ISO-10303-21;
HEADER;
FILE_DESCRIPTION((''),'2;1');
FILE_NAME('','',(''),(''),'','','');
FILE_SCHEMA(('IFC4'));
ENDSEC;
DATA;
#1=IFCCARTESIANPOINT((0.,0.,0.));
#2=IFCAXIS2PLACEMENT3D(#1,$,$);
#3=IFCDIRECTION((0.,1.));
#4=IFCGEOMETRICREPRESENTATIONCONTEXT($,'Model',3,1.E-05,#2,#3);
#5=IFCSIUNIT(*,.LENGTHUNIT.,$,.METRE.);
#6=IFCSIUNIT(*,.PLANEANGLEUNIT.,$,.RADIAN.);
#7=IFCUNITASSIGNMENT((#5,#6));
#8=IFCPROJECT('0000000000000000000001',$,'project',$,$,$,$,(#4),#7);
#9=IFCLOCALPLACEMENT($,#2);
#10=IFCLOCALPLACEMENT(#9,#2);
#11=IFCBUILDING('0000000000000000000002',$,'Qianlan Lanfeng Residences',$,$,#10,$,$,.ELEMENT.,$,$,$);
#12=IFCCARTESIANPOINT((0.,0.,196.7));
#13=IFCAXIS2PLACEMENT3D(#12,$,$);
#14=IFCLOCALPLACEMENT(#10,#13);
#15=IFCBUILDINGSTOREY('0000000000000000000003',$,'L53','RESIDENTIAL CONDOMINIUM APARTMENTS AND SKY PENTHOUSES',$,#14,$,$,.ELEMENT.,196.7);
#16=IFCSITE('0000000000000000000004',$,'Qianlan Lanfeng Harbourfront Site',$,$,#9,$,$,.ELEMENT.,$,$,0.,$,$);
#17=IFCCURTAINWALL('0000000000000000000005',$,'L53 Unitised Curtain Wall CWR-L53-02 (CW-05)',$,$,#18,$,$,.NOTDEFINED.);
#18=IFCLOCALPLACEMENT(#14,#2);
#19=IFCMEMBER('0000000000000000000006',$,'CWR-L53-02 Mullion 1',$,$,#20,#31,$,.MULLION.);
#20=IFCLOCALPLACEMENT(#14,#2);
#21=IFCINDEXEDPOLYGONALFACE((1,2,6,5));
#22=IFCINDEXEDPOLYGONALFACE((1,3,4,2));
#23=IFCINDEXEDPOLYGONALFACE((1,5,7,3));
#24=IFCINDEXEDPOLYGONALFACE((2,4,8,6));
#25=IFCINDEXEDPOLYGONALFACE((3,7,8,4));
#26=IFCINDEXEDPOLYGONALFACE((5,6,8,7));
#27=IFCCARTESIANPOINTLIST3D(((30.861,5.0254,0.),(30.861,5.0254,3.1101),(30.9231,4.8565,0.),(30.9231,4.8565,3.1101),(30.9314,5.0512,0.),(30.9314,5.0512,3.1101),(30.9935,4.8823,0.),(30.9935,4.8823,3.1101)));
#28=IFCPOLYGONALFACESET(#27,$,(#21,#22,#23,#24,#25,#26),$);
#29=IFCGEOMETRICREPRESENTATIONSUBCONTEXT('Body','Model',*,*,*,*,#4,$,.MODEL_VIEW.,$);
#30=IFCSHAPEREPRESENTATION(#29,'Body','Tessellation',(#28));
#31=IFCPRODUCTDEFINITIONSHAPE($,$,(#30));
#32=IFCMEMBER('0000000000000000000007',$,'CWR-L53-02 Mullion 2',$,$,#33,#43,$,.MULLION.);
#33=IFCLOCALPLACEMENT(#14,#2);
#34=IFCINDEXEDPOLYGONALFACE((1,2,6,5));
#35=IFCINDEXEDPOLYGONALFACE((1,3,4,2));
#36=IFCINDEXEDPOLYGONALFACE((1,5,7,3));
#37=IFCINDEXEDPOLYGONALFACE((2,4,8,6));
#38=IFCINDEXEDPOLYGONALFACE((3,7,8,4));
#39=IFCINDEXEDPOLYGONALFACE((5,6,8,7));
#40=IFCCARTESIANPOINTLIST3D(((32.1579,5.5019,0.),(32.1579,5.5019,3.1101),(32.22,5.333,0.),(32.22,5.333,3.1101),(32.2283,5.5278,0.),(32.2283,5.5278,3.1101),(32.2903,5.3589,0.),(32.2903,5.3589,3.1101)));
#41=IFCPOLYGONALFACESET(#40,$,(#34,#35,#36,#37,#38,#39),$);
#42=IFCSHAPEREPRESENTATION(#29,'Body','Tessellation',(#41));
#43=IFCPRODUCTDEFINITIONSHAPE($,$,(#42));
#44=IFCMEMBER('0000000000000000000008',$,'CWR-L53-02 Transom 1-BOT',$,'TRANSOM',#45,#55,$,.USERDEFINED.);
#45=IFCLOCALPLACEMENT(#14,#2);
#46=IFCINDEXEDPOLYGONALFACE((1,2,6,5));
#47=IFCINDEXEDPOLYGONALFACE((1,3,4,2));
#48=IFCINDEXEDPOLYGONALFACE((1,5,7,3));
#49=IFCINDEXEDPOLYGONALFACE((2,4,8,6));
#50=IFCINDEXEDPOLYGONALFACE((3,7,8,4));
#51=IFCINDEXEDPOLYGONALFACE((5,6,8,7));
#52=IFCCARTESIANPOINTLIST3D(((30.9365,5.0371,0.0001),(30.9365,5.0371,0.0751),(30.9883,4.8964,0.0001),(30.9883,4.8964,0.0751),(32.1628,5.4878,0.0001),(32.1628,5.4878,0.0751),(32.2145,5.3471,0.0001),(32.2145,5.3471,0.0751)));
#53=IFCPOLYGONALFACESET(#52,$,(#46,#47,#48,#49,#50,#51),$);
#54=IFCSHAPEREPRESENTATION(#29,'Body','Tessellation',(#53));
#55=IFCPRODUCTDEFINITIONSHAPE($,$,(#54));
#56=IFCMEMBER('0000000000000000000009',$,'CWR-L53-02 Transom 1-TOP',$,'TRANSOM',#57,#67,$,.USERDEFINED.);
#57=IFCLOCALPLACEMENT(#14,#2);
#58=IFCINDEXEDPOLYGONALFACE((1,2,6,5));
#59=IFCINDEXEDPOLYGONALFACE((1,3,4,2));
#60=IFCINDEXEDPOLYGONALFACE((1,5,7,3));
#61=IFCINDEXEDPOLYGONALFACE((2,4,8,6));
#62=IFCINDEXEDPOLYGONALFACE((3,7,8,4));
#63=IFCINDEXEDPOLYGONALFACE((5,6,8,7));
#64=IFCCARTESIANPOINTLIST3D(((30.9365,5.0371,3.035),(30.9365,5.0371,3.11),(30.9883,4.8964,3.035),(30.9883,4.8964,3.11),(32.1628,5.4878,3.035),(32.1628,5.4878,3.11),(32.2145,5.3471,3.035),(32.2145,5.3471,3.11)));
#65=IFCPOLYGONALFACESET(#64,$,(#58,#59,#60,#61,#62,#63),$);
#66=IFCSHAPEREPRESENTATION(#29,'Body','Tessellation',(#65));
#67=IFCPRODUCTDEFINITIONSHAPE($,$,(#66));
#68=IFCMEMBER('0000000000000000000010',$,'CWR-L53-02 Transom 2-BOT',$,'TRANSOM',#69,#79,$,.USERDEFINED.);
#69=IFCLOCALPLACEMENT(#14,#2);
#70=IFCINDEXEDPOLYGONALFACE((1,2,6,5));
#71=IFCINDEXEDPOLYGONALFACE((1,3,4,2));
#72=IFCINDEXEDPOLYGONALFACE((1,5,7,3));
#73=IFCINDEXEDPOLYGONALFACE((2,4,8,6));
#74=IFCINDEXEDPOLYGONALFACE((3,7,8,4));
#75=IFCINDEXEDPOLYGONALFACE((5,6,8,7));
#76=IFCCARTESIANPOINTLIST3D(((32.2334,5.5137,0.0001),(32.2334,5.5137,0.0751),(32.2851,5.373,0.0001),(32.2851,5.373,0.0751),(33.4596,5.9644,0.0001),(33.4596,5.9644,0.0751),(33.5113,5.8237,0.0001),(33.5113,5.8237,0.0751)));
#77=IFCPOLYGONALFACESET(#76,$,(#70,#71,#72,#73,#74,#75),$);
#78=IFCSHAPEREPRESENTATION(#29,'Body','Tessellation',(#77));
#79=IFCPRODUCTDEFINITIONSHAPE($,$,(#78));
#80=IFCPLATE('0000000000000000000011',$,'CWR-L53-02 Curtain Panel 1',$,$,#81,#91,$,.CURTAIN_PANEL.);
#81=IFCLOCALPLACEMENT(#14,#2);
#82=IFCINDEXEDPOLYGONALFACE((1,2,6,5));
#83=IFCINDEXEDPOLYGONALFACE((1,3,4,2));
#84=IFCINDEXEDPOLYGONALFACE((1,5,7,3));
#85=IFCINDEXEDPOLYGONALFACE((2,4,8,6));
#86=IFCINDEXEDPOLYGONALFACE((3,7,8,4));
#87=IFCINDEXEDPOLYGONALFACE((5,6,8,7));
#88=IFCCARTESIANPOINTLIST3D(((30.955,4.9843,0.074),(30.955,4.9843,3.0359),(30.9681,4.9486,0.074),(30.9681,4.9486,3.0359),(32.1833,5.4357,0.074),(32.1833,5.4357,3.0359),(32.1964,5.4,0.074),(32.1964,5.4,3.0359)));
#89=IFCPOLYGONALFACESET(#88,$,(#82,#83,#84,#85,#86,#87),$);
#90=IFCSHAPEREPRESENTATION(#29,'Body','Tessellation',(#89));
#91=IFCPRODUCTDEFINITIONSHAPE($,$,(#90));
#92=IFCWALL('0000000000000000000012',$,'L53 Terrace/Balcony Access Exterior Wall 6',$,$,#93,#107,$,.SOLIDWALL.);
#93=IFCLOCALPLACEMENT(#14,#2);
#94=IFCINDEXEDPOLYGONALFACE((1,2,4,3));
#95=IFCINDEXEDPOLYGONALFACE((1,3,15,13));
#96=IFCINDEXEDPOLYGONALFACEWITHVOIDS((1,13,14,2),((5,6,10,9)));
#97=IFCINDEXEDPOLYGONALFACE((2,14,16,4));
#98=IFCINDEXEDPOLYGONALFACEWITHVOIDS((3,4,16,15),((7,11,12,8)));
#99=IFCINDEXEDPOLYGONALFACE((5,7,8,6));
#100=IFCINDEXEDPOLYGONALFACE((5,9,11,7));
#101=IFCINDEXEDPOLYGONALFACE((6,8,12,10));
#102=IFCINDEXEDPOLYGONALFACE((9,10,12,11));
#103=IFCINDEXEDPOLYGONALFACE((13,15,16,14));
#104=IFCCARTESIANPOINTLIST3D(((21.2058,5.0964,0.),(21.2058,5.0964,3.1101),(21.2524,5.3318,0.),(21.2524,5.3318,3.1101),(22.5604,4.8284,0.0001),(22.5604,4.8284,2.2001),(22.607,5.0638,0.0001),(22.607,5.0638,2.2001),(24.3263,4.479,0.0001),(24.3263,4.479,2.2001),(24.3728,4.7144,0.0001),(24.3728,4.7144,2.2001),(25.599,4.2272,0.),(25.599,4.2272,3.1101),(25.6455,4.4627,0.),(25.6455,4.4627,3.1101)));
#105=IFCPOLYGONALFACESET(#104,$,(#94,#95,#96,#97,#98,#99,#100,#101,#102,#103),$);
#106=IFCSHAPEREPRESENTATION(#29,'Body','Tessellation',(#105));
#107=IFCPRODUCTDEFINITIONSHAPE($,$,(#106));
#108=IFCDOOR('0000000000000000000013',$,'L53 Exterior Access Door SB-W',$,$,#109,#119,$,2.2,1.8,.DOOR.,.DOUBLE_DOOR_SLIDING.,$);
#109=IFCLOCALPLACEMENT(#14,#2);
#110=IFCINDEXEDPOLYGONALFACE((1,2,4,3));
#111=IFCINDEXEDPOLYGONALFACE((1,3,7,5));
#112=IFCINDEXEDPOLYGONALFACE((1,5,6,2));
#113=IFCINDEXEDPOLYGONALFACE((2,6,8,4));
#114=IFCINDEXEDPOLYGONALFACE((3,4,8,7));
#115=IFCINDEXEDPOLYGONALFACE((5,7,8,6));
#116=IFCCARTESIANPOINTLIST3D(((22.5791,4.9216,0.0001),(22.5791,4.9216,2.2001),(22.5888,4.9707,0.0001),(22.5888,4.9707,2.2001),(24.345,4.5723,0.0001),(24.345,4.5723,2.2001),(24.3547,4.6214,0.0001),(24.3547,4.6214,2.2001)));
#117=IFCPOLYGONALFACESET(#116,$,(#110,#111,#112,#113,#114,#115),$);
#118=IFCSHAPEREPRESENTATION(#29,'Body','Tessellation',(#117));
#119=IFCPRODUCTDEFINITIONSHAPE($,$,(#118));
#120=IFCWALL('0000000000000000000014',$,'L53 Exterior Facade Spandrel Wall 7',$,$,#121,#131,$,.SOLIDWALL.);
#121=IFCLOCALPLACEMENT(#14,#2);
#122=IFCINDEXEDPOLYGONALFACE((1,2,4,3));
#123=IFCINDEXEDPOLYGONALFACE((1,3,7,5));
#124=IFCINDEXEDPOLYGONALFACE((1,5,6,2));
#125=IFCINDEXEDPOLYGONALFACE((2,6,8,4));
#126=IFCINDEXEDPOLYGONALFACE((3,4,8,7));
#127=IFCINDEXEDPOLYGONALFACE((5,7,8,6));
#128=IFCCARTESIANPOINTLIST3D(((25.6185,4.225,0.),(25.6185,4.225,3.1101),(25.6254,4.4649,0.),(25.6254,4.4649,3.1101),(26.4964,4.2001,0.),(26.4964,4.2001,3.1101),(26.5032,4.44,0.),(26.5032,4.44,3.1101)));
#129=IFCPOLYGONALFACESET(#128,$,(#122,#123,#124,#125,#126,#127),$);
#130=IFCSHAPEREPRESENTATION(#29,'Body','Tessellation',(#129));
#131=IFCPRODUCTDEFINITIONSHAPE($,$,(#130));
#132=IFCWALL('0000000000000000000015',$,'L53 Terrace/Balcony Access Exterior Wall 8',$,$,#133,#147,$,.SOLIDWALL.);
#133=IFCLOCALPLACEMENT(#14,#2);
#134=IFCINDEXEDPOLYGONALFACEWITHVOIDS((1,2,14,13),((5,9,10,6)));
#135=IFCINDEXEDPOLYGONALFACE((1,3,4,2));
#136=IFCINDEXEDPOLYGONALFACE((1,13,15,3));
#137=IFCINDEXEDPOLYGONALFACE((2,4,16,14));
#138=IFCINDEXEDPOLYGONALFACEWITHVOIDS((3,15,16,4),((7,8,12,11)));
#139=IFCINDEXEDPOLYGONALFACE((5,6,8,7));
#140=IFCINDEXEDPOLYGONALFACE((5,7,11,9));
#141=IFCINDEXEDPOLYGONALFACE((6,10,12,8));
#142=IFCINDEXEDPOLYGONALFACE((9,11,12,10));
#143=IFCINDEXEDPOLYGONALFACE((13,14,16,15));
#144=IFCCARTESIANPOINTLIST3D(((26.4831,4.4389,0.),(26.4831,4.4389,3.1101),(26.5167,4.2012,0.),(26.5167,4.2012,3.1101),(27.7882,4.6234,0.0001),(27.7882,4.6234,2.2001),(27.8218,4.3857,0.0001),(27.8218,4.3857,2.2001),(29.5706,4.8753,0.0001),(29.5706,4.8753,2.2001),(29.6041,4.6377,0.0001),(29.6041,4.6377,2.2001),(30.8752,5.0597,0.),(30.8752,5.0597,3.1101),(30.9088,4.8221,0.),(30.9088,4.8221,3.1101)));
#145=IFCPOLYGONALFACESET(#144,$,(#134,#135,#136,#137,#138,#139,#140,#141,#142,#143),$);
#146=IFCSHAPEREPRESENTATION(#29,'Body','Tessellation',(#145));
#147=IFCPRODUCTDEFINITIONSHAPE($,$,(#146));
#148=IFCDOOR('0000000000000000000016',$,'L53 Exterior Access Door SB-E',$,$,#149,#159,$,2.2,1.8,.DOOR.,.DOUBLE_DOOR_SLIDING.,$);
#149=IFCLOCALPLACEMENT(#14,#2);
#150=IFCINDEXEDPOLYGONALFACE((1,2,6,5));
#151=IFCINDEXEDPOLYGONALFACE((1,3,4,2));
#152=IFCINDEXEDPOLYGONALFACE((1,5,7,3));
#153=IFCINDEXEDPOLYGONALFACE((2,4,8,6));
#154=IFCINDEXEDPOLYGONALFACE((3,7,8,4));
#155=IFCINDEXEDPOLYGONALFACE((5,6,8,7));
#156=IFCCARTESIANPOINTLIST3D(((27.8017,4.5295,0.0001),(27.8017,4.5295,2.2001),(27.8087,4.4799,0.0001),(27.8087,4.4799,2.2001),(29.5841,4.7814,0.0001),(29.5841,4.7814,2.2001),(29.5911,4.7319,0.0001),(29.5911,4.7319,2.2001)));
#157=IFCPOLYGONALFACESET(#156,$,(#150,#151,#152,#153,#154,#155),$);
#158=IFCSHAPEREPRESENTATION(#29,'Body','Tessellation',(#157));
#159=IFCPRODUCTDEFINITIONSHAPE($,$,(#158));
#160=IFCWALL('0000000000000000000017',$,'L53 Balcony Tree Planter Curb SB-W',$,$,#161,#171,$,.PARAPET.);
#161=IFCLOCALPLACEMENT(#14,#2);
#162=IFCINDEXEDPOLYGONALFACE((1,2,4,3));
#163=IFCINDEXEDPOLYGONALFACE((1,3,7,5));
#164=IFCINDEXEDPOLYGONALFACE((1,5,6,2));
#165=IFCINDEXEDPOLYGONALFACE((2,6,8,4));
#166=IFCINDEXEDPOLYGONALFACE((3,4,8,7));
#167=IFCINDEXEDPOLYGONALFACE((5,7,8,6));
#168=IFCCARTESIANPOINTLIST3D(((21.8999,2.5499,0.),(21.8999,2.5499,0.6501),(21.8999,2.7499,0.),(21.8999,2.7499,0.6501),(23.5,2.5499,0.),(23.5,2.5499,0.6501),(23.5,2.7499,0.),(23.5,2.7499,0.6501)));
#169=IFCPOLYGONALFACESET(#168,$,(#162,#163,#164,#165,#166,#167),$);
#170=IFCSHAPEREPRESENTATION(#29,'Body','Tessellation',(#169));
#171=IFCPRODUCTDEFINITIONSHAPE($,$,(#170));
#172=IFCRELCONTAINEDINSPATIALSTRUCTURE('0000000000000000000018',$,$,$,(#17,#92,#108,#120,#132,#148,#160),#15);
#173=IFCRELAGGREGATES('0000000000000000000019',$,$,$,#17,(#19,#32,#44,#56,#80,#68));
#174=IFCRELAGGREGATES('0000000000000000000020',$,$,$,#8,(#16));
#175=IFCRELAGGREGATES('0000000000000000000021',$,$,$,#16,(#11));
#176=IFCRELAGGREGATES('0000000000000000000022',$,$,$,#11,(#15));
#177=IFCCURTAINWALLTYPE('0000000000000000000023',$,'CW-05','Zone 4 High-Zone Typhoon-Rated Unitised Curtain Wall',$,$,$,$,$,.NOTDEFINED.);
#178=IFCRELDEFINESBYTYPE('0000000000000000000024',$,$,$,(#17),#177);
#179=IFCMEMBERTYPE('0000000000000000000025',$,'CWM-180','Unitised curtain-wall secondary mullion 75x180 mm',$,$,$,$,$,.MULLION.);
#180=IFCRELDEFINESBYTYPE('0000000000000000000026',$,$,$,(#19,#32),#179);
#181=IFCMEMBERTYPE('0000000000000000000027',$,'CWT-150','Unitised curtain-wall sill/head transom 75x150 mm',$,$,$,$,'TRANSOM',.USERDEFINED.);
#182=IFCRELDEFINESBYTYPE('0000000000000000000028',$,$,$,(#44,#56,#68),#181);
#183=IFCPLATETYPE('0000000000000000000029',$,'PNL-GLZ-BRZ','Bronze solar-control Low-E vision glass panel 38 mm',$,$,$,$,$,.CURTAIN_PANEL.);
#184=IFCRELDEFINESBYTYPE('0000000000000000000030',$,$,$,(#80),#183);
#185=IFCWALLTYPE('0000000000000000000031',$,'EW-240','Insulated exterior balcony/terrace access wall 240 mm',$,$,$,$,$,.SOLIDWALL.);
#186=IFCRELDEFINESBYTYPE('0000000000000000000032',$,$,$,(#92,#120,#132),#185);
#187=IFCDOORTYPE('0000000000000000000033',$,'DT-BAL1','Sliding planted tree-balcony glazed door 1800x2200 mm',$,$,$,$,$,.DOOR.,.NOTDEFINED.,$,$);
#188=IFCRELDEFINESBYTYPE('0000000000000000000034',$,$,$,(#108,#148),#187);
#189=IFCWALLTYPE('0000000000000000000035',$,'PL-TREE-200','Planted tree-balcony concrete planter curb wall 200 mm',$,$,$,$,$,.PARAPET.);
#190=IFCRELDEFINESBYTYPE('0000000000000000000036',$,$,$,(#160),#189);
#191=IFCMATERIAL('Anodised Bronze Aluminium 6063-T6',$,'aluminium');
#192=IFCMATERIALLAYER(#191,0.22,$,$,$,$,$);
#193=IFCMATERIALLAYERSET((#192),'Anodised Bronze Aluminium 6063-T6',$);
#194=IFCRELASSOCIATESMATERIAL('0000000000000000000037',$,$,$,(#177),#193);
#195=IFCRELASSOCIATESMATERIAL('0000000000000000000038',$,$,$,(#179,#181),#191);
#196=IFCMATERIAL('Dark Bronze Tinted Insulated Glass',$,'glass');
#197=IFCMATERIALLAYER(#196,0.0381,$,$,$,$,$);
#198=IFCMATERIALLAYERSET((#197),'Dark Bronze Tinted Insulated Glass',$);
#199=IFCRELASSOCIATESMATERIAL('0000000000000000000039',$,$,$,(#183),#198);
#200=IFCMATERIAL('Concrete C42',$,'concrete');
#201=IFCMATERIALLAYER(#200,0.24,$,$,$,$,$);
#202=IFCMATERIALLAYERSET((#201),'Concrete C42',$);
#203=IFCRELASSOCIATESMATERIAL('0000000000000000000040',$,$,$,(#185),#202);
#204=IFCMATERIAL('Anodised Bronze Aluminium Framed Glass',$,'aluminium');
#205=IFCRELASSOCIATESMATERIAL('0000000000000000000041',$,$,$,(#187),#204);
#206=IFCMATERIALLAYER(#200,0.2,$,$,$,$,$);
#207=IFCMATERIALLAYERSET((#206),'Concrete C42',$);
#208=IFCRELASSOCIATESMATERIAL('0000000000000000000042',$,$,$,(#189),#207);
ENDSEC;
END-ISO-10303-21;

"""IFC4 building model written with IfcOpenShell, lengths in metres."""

from ifc_helpers import new_model, si_unit, direction, frame, frame_2d, origin, origin_2d, place, context, subcontext, project, spatial, rectangle, extrude, source, transform, mapped, material, layer, layer_set, material_profile, profile_set, type_object, element, fill, aggregate, save


model = new_model("IFC4")

# Units and contexts
model_context = context("Model", 3, precision=1e-05, world=origin(), true_north=direction((0.0, 1.0)))
body_context = subcontext(model_context, "Body", "Model", "MODEL_VIEW")
ifc_project = project(units=[si_unit("LENGTHUNIT", "METRE"), si_unit("PLANEANGLEUNIT", "RADIAN")], contexts=[model_context])

# Site, building, storey
site_placement = place(None, origin())
site = spatial("IfcSite", under=ifc_project, at=site_placement, Name="Qianlan Lanfeng Harbourfront Site", CompositionType="ELEMENT", RefElevation=0.0)
building_placement = place(site_placement, origin())
building = spatial("IfcBuilding", under=site, at=building_placement, Name="Qianlan Lanfeng Residences", CompositionType="ELEMENT")
storey_placement = place(building_placement, frame((0.0, 0.0, 196.7)))
storey = spatial("IfcBuildingStorey", under=building, at=storey_placement, Name="L53", Description="RESIDENTIAL CONDOMINIUM APARTMENTS AND SKY PENTHOUSES", CompositionType="ELEMENT", Elevation=196.7)

# Curtain wall, members, plate
ifc_material_1 = material(Name="Anodised Bronze Aluminium 6063-T6", Category="aluminium")
ifc_layer_1 = layer(ifc_material_1, 0.22)
ifc_layer_set_1 = layer_set([ifc_layer_1], Name="Anodised Bronze Aluminium 6063-T6")
curtain_wall_type = type_object("IfcCurtainWallType", Name="CW-05", Description="Zone 4 High-Zone Typhoon-Rated Unitised Curtain Wall", PredefinedType="NOTDEFINED", material=ifc_layer_set_1)
curtain_wall_placement = place(storey_placement, origin())
curtain_wall = element("IfcCurtainWall", 1, at=curtain_wall_placement, inside=storey, type_object=curtain_wall_type, Name="L53 Unitised Curtain Wall CWR-L53-02 (CW-05)", PredefinedType="NOTDEFINED")
ifc_material_profile_1 = material_profile(ifc_material_1, rectangle(XDim=0.075, YDim=0.1799, at=origin_2d()), Name="ALU MULLION 75x180")
ifc_profile_set_1 = profile_set([ifc_material_profile_1], Name="Anodised Bronze Aluminium 6063-T6")
member_type_1 = type_object("IfcMemberType", Name="CWM-180", Description="Unitised curtain-wall secondary mullion 75x180 mm", PredefinedType="MULLION", material=ifc_profile_set_1)
shared_shape_1 = source(origin(), body_context, "Body", "SweptSolid", [
    extrude(rectangle(XDim=0.075, YDim=0.1799, at=origin_2d()), origin(), (0.0, 0.0, 1.0), 3.1101),
])
member_1_placement = place(storey_placement, frame((30.9272, 4.9539, 0.0), z_axis=(0.0, 0.0, 1.0), x_axis=(0.938626, 0.344938, 0.0)))
member_1 = element("IfcMember", 2, at=member_1_placement, type_object=member_type_1, Name="CWR-L53-02 Mullion 1", PredefinedType="MULLION", context=body_context, shape_type="MappedRepresentation", body=[
    mapped(shared_shape_1, transform((0.0, 0.0, 0.0), scale=1.0)),
])
member_2_placement = place(storey_placement, frame((32.2241, 5.4304, 0.0), z_axis=(0.0, 0.0, 1.0), x_axis=(0.938626, 0.344938, 0.0)))
member_2 = element("IfcMember", 3, at=member_2_placement, type_object=member_type_1, Name="CWR-L53-02 Mullion 2", PredefinedType="MULLION", context=body_context, shape_type="MappedRepresentation", body=[
    mapped(shared_shape_1, transform((0.0, 0.0, 0.0), scale=1.0)),
])
ifc_material_profile_2 = material_profile(ifc_material_1, rectangle(XDim=0.075, YDim=0.1499, at=origin_2d()), Name="ALU TRANSOM 75x150")
ifc_profile_set_2 = profile_set([ifc_material_profile_2], Name="Anodised Bronze Aluminium 6063-T6")
member_type_2 = type_object("IfcMemberType", Name="CWT-150", Description="Unitised curtain-wall sill/head transom 75x150 mm", ElementType="TRANSOM", PredefinedType="USERDEFINED", material=ifc_profile_set_2)
shared_shape_2 = source(origin(), body_context, "Body", "SweptSolid", [
    extrude(rectangle(XDim=0.075, YDim=0.1499, at=origin_2d()), origin(), (0.0, 0.0, 1.0), 1.3064),
])
member_3_placement = place(storey_placement, frame((30.9624, 4.9668, 0.0376), z_axis=(0.93862, 0.344952, 0.0), x_axis=(0.0, 0.0, 1.0)))
member_3 = element("IfcMember", 4, at=member_3_placement, type_object=member_type_2, Name="CWR-L53-02 Transom 1-BOT", ObjectType="TRANSOM", PredefinedType="USERDEFINED", context=body_context, shape_type="MappedRepresentation", body=[
    mapped(shared_shape_2, transform((0.0, 0.0, 0.0), scale=1.0)),
])
member_4_placement = place(storey_placement, frame((30.9624, 4.9668, 3.0725), z_axis=(0.93862, 0.344952, 0.0), x_axis=(0.0, 0.0, 1.0)))
member_4 = element("IfcMember", 5, at=member_4_placement, type_object=member_type_2, Name="CWR-L53-02 Transom 1-TOP", ObjectType="TRANSOM", PredefinedType="USERDEFINED", context=body_context, shape_type="MappedRepresentation", body=[
    mapped(shared_shape_2, transform((0.0, 0.0, 0.0), scale=1.0)),
])
member_5_placement = place(storey_placement, frame((32.2593, 5.4434, 0.0376), z_axis=(0.93862, 0.344952, 0.0), x_axis=(0.0, 0.0, 1.0)))
member_5 = element("IfcMember", 6, at=member_5_placement, type_object=member_type_2, Name="CWR-L53-02 Transom 2-BOT", ObjectType="TRANSOM", PredefinedType="USERDEFINED", context=body_context, shape_type="MappedRepresentation", body=[
    mapped(shared_shape_2, transform((0.0, 0.0, 0.0), scale=1.0)),
])
ifc_material_2 = material(Name="Dark Bronze Tinted Insulated Glass", Category="glass")
ifc_layer_2 = layer(ifc_material_2, 0.0381)
ifc_layer_set_2 = layer_set([ifc_layer_2], Name="Dark Bronze Tinted Insulated Glass")
plate_type = type_object("IfcPlateType", Name="PNL-GLZ-BRZ", Description="Bronze solar-control Low-E vision glass panel 38 mm", PredefinedType="CURTAIN_PANEL", material=ifc_layer_set_2)
shared_shape_3 = source(origin(), body_context, "Body", "SweptSolid", [
    extrude(rectangle(XDim=1.3086, YDim=0.0381, at=origin_2d()), origin(), (0.0, 0.0, 1.0), 2.9619),
])
plate_placement = place(storey_placement, frame((31.5757, 5.1921, 0.074), z_axis=(0.0, 0.0, 1.0), x_axis=(0.938626, 0.344938, 0.0)))
plate = element("IfcPlate", 7, at=plate_placement, type_object=plate_type, Name="CWR-L53-02 Curtain Panel 1", PredefinedType="CURTAIN_PANEL", context=body_context, shape_type="MappedRepresentation", body=[
    mapped(shared_shape_3, transform((0.0, 0.0, 0.0), scale=1.0)),
])
aggregate(curtain_wall, [member_1, member_2, member_3, member_4, plate, member_5])

# Wall, opening, door
ifc_material_3 = material(Name="Concrete C42", Category="concrete")
ifc_layer_3 = layer(ifc_material_3, 0.24)
ifc_layer_set_3 = layer_set([ifc_layer_3], Name="Concrete C42")
wall_type_1 = type_object("IfcWallType", Name="EW-240", Description="Insulated exterior balcony/terrace access wall 240 mm", PredefinedType="SOLIDWALL", material=ifc_layer_set_3)
wall_1_placement = place(storey_placement, frame((21.229, 5.2141, 0.0), z_axis=(0.0, 0.0, 1.0), x_axis=(0.980985, -0.194082, 0.0)))
wall_1 = element("IfcWall", 8, at=wall_1_placement, inside=storey, type_object=wall_type_1, Name="L53 Terrace/Balcony Access Exterior Wall 6", PredefinedType="SOLIDWALL", context=body_context, shape_type="SweptSolid", body=[
    extrude(rectangle(XDim=4.4783, YDim=0.24, at=frame_2d((2.2393, 0.0))), origin(), (0.0, 0.0, 1.0), 3.1101),
])
opening_1_placement = place(wall_1_placement, frame((1.3811, 0.0, 0.0)))
opening_1 = element("IfcOpeningElement", 9, at=opening_1_placement, cuts=wall_1, PredefinedType="OPENING", context=body_context, shape_type="SweptSolid", body=[
    extrude(rectangle(XDim=1.8, YDim=2.2, at=frame_2d((0.8999, 1.1001))), frame((0.0, 0.1299, 0.0), z_axis=(0.0, -1.0, 0.0), x_axis=(1.0, 0.0, 0.0)), (0.0, 0.0, 1.0), 0.26),
])
ifc_material_4 = material(Name="Anodised Bronze Aluminium Framed Glass", Category="aluminium")
door_type_1 = type_object("IfcDoorType", Name="DT-BAL1", Description="Sliding planted tree-balcony glazed door 1800x2200 mm", OperationType="NOTDEFINED", PredefinedType="DOOR", material=ifc_material_4)
door_1_placement = place(opening_1_placement, frame((1.8, 0.0, 0.0), z_axis=(0.0, 0.0, 1.0), x_axis=(-1.0, 0.0, 0.0)))
door_1 = element("IfcDoor", 10, at=door_1_placement, inside=storey, type_object=door_type_1, Name="L53 Exterior Access Door SB-W", OperationType="DOUBLE_DOOR_SLIDING", OverallHeight=2.2, OverallWidth=1.8, PredefinedType="DOOR", context=body_context, shape_type="SweptSolid", body=[
    extrude(rectangle(XDim=1.8, YDim=2.2, at=frame_2d((0.8999, 1.1001))), frame((0.0, 0.0249, 0.0), z_axis=(0.0, -1.0, 0.0), x_axis=(1.0, 0.0, 0.0)), (0.0, 0.0, 1.0), 0.05),
])
fill(opening_1, door_1)

# Wall
wall_2_placement = place(storey_placement, frame((25.6221, 4.345, 0.0), z_axis=(0.0, 0.0, 1.0), x_axis=(0.999598, -0.028353, 0.0)))
element("IfcWall", 11, at=wall_2_placement, inside=storey, type_object=wall_type_1, Name="L53 Exterior Facade Spandrel Wall 7", PredefinedType="SOLIDWALL", context=body_context, shape_type="SweptSolid", body=[
    extrude(rectangle(XDim=0.8782, YDim=0.24, at=frame_2d((0.439, 0.0))), origin(), (0.0, 0.0, 1.0), 3.1101),
])

# Wall, opening, door
wall_3_placement = place(storey_placement, frame((26.5, 4.3201, 0.0), z_axis=(0.0, 0.0, 1.0), x_axis=(0.990156, 0.139965, 0.0)))
wall_3 = element("IfcWall", 12, at=wall_3_placement, inside=storey, type_object=wall_type_1, Name="L53 Terrace/Balcony Access Exterior Wall 8", PredefinedType="SOLIDWALL", context=body_context, shape_type="SweptSolid", body=[
    extrude(rectangle(XDim=4.4358, YDim=0.24, at=frame_2d((2.2178, 0.0))), origin(), (0.0, 0.0, 1.0), 3.1101),
])
opening_2_placement = place(wall_3_placement, frame((1.3181, 0.0, 0.0)))
opening_2 = element("IfcOpeningElement", 13, at=opening_2_placement, cuts=wall_3, PredefinedType="OPENING", context=body_context, shape_type="SweptSolid", body=[
    extrude(rectangle(XDim=1.8, YDim=2.2, at=frame_2d((0.8999, 1.1001))), frame((0.0, 0.1299, 0.0), z_axis=(0.0, -1.0, 0.0), x_axis=(1.0, 0.0, 0.0)), (0.0, 0.0, 1.0), 0.26),
])
door_2_placement = place(opening_2_placement, frame((1.8, 0.0, 0.0), z_axis=(0.0, 0.0, 1.0), x_axis=(-1.0, 0.0, 0.0)))
door_2 = element("IfcDoor", 14, at=door_2_placement, inside=storey, type_object=door_type_1, Name="L53 Exterior Access Door SB-E", OperationType="DOUBLE_DOOR_SLIDING", OverallHeight=2.2, OverallWidth=1.8, PredefinedType="DOOR", context=body_context, shape_type="SweptSolid", body=[
    extrude(rectangle(XDim=1.8, YDim=2.2, at=frame_2d((0.8999, 1.1001))), frame((0.0, 0.0249, 0.0), z_axis=(0.0, -1.0, 0.0), x_axis=(1.0, 0.0, 0.0)), (0.0, 0.0, 1.0), 0.05),
])
fill(opening_2, door_2)

# Wall
ifc_layer_4 = layer(ifc_material_3, 0.2)
ifc_layer_set_4 = layer_set([ifc_layer_4], Name="Concrete C42")
wall_type_2 = type_object("IfcWallType", Name="PL-TREE-200", Description="Planted tree-balcony concrete planter curb wall 200 mm", PredefinedType="PARAPET", material=ifc_layer_set_4)
for number, where, z_axis, x_axis, name in (
    (15, (21.8999, 2.6499, 0.0), (0.0, 0.0, 1.0), (1.0, 0.0, 0.0), "L53 Balcony Tree Planter Curb SB-W"),
):
    element("IfcWall", number, at=place(storey_placement, frame(where, z_axis=z_axis, x_axis=x_axis)), inside=storey, type_object=wall_type_2, Name=name, PredefinedType="PARAPET", context=body_context, shape_type="SweptSolid", body=[
        extrude(rectangle(XDim=1.6001, YDim=0.2, at=frame_2d((0.8, 0.0))), origin(), (0.0, 0.0, 1.0), 0.6501),
    ])

save(model, "model.ifc")
